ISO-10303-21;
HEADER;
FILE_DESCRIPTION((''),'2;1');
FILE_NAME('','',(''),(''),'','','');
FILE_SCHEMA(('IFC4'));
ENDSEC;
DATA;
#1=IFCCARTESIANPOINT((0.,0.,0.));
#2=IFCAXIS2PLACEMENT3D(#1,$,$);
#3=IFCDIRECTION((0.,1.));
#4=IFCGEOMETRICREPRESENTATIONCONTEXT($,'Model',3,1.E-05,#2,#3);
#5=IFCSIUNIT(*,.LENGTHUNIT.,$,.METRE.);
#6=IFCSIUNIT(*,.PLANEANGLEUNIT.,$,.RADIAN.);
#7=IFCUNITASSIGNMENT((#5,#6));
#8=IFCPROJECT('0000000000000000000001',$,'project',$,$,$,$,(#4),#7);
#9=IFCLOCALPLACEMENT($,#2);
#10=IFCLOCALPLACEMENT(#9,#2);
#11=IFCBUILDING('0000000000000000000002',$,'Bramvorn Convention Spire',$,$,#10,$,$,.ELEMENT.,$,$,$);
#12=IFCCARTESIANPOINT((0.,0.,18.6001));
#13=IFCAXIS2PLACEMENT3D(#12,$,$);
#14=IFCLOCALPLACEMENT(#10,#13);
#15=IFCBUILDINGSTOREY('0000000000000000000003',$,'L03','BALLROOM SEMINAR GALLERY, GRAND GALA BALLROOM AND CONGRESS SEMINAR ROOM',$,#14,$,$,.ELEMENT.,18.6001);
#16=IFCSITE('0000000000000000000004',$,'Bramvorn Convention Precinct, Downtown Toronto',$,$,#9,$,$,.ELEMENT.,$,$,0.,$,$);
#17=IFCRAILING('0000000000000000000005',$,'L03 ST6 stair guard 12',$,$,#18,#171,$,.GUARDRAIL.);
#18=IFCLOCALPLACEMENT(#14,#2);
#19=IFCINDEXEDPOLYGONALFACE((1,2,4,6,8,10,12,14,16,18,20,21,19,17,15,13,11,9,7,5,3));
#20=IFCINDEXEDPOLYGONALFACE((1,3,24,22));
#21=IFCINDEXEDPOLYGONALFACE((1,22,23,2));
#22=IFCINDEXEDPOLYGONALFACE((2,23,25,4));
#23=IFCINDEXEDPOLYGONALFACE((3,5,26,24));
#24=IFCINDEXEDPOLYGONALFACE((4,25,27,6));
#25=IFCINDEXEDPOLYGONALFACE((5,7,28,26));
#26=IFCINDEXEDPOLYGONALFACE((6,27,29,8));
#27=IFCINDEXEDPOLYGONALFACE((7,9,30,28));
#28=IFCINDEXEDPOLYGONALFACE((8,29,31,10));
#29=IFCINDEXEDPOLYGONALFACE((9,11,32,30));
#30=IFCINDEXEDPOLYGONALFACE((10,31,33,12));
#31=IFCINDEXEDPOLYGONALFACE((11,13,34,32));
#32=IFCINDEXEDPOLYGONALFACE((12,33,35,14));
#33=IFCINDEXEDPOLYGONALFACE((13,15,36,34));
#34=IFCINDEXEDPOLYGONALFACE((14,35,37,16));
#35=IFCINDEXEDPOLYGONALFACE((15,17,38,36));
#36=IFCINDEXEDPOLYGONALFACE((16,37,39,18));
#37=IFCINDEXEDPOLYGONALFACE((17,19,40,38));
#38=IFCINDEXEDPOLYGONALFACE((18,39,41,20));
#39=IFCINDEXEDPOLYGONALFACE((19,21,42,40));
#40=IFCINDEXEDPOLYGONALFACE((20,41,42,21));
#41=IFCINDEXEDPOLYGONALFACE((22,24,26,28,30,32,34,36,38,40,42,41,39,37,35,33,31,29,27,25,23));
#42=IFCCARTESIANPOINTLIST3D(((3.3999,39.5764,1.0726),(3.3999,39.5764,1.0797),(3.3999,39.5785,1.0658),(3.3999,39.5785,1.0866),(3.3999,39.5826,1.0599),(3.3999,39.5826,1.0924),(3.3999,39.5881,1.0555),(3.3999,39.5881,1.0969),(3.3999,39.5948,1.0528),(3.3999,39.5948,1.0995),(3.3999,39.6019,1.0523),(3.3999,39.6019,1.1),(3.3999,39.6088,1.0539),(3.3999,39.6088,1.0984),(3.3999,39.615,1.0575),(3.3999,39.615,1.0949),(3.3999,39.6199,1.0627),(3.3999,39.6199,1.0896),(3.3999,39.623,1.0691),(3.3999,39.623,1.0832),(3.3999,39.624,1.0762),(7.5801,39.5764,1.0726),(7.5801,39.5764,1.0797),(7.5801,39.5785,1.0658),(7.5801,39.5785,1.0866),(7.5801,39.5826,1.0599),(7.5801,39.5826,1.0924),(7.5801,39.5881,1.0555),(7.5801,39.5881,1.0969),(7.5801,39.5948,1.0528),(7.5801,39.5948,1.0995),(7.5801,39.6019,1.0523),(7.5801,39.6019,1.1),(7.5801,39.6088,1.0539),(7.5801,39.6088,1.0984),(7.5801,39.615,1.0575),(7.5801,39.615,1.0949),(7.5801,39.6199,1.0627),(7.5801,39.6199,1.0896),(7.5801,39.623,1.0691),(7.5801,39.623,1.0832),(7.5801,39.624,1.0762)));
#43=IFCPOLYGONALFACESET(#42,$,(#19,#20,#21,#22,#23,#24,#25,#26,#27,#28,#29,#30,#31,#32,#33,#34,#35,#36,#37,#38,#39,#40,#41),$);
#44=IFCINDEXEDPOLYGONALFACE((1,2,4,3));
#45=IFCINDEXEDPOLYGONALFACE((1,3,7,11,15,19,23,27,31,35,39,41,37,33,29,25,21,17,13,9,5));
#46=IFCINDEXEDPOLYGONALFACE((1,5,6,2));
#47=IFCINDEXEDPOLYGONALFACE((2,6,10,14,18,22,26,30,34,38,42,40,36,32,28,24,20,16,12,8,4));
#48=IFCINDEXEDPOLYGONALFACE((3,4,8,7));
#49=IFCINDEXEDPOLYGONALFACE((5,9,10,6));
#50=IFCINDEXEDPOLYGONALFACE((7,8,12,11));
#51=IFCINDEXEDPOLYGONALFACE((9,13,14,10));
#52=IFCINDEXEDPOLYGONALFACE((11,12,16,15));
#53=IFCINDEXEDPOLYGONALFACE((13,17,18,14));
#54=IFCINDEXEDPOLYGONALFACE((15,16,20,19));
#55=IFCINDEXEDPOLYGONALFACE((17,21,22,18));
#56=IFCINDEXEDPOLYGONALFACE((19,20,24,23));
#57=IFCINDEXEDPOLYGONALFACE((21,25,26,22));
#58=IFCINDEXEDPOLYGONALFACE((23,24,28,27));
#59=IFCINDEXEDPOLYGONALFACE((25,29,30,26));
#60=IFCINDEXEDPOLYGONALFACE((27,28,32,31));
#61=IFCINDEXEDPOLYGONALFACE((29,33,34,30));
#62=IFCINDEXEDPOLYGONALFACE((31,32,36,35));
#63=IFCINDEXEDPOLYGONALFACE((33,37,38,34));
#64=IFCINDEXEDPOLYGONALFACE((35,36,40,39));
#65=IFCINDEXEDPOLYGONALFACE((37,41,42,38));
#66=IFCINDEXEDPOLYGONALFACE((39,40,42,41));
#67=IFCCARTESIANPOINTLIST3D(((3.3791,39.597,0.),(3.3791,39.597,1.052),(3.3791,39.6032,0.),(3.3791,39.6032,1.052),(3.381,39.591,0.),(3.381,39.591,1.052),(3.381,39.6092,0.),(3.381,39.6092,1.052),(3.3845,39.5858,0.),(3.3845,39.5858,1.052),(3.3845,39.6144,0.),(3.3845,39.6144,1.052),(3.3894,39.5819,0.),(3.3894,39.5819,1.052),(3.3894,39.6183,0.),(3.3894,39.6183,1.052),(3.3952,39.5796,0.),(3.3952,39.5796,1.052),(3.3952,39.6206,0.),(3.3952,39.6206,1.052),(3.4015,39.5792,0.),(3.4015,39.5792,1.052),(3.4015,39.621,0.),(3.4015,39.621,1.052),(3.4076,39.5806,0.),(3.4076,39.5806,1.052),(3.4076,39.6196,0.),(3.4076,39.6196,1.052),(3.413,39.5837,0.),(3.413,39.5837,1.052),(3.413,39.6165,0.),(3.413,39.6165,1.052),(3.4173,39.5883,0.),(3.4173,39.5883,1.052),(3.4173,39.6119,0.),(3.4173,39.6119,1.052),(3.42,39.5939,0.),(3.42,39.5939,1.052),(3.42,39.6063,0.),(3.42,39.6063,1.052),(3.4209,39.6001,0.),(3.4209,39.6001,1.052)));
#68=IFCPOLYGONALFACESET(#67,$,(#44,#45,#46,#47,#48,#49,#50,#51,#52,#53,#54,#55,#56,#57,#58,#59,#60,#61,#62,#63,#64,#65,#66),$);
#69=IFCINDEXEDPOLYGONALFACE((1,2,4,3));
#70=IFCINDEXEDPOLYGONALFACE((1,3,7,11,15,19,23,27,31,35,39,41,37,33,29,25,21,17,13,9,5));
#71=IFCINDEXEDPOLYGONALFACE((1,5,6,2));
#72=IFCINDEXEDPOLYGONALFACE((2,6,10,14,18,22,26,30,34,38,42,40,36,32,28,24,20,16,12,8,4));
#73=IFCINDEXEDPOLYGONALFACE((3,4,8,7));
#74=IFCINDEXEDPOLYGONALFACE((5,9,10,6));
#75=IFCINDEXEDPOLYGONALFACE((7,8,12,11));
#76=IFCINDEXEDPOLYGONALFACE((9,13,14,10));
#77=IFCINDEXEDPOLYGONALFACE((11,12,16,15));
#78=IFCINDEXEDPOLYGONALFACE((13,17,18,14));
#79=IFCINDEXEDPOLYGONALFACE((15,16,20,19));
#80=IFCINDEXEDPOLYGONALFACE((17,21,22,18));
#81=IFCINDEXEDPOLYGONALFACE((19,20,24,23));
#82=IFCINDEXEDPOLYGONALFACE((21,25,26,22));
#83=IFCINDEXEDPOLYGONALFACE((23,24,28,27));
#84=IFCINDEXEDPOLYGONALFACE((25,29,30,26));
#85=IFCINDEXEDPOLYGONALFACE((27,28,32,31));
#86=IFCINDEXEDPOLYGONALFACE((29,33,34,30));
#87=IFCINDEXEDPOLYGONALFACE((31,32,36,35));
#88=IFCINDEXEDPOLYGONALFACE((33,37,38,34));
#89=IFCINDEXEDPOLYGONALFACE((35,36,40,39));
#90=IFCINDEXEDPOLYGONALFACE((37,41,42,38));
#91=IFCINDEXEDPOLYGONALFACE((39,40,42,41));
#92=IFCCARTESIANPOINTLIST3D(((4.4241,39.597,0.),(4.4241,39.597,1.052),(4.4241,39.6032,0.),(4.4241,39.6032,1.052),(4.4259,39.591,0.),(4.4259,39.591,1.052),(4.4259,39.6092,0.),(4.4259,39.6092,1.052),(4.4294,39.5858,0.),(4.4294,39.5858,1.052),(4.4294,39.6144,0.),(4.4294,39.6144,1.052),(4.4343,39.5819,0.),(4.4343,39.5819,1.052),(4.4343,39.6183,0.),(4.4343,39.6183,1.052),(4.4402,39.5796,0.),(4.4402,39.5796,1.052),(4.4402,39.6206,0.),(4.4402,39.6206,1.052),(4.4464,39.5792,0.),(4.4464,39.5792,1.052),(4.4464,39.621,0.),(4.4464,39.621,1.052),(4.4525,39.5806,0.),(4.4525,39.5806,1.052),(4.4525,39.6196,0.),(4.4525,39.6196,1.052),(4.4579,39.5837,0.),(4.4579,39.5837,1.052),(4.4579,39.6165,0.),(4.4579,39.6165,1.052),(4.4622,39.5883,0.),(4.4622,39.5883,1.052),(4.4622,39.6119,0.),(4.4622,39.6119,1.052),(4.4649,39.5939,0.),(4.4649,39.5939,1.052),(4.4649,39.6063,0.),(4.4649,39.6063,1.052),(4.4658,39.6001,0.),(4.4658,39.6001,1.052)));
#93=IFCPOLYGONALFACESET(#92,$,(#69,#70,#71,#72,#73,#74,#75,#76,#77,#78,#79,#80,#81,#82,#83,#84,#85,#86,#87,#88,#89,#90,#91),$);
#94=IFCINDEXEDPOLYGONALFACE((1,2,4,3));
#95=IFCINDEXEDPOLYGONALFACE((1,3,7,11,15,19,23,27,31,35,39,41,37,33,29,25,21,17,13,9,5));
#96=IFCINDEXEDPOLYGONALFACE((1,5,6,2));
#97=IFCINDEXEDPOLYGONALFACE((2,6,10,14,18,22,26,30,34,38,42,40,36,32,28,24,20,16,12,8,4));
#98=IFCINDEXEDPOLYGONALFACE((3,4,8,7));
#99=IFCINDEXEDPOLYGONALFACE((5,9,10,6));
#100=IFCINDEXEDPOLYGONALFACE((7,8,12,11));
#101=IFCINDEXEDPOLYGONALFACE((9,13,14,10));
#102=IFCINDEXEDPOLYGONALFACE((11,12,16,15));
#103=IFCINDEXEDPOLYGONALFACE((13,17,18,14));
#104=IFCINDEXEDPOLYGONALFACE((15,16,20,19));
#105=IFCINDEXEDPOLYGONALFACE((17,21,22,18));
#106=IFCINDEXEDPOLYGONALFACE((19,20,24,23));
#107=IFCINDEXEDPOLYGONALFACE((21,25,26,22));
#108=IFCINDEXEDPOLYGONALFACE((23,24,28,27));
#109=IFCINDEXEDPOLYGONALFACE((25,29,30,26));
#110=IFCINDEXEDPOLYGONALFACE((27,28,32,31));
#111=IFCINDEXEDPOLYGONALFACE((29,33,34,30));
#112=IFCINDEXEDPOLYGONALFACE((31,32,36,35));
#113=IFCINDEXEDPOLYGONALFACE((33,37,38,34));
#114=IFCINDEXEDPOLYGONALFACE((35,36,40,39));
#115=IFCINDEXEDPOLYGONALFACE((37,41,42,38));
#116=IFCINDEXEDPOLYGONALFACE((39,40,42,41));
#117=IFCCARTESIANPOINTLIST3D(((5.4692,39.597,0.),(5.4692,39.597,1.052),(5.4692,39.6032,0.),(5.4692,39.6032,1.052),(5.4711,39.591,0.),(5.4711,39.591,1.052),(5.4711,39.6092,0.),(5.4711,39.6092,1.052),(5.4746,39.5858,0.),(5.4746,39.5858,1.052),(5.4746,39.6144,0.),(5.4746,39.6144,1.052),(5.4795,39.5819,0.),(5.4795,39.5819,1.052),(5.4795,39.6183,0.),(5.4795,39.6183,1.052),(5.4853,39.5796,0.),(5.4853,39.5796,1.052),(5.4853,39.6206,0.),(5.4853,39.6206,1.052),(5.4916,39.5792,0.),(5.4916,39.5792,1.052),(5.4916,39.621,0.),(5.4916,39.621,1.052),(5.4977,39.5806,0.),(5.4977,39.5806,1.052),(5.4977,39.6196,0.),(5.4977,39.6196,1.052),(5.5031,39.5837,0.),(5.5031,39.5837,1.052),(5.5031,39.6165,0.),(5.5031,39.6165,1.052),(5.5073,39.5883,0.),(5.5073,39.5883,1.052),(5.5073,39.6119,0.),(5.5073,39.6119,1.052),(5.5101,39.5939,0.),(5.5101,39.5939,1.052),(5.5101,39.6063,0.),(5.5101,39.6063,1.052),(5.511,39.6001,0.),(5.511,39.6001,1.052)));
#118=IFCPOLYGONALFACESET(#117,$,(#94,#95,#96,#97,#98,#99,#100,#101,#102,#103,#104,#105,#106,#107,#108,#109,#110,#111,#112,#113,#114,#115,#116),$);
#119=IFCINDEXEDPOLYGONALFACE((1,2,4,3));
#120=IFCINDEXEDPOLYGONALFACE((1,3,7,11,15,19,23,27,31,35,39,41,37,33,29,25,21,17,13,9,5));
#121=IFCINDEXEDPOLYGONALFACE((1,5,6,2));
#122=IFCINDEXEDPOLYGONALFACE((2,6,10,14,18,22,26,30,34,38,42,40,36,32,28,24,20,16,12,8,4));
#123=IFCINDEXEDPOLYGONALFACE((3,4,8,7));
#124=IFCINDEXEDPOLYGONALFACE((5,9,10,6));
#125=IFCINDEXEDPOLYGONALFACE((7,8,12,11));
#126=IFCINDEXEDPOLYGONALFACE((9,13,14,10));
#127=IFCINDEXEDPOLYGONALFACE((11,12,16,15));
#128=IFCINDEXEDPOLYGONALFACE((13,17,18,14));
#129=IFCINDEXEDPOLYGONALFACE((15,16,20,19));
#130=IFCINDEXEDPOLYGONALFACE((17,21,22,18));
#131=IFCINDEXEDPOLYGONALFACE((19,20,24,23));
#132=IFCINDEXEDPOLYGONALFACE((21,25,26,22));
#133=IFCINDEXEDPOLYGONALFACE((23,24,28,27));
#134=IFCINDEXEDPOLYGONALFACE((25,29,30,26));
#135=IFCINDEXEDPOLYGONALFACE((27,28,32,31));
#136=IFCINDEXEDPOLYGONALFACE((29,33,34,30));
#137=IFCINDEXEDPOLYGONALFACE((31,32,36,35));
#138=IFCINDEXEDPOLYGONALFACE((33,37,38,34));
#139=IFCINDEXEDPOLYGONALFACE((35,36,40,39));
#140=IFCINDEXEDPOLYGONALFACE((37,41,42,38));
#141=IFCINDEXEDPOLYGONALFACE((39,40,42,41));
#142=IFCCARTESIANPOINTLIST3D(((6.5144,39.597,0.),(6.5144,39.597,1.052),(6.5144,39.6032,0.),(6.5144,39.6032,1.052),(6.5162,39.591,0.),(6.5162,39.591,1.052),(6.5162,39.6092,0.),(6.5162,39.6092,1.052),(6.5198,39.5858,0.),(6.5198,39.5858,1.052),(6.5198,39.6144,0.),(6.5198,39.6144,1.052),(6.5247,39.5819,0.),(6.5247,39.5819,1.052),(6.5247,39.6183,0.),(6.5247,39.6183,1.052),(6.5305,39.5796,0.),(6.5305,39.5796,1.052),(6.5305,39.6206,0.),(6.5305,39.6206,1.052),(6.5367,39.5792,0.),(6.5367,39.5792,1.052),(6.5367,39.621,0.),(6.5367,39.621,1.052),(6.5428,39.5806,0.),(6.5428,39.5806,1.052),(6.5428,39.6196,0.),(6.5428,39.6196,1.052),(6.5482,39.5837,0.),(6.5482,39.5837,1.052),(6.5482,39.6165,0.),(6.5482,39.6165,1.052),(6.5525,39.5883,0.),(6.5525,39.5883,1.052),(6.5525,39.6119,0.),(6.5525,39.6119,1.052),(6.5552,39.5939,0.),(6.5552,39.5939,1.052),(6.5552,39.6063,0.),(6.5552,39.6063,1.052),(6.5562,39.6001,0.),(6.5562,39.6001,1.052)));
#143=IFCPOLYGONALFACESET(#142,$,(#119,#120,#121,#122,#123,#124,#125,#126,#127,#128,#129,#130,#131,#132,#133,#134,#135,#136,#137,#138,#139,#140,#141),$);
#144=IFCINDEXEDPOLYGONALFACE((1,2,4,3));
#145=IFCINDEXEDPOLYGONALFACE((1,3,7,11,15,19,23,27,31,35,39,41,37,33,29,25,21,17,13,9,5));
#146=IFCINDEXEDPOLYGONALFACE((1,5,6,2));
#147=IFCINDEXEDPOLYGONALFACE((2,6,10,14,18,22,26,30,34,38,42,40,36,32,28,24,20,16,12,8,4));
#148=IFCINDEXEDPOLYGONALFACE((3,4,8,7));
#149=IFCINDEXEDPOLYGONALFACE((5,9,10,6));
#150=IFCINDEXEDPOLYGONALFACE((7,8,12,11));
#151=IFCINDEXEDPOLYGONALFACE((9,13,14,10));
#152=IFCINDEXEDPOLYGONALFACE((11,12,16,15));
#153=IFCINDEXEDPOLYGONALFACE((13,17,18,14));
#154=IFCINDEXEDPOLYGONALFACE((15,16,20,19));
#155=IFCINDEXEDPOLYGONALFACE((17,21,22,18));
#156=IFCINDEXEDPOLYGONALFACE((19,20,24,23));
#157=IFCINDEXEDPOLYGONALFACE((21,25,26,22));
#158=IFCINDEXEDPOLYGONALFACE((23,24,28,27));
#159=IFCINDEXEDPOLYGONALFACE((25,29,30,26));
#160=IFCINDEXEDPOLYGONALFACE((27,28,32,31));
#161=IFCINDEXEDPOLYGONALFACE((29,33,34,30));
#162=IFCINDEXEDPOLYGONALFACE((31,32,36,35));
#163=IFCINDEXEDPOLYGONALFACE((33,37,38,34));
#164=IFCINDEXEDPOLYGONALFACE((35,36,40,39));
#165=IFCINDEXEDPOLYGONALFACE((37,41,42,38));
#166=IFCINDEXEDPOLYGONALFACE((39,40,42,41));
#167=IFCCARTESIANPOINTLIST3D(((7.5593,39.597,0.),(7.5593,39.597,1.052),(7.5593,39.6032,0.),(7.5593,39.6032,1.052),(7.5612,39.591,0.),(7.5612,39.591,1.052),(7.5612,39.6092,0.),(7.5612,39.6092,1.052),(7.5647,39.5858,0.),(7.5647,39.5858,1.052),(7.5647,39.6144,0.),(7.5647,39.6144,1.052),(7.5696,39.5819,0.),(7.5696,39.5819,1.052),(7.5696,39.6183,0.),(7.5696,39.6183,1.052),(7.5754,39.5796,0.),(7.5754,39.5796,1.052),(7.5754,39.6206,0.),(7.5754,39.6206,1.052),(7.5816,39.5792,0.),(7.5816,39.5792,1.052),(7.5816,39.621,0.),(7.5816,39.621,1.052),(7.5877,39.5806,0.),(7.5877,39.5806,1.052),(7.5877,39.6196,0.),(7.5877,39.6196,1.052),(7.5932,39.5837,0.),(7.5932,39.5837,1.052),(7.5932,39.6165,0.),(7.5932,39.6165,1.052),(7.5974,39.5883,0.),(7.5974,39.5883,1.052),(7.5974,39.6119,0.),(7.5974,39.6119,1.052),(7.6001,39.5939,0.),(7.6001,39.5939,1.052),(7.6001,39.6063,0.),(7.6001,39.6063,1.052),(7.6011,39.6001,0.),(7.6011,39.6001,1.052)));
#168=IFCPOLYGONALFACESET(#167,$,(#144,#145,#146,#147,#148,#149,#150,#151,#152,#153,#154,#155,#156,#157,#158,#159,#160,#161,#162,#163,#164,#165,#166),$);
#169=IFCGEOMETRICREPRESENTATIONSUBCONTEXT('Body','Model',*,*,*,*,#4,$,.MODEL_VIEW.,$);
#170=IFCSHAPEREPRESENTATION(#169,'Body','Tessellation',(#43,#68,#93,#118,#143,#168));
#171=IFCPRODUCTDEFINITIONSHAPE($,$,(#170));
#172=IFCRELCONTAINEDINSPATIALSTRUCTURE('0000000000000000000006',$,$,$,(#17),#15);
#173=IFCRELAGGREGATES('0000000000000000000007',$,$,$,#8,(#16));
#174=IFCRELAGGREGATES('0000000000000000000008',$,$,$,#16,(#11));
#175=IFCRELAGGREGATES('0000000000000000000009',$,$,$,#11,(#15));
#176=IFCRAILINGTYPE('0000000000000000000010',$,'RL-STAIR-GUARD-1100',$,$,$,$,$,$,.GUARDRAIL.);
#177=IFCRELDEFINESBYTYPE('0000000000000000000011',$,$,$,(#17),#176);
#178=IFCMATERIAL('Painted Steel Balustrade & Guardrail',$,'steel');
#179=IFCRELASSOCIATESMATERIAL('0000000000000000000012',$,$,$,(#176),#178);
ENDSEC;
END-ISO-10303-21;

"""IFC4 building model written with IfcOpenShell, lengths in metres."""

from ifc_helpers import new_model, si_unit, direction, frame, origin, origin_2d, place, context, subcontext, project, spatial, circle, extrude, material, type_object, element, save


model = new_model("IFC4")

# Units and contexts
model_context = context("Model", 3, precision=1e-05, world=origin(), true_north=direction((0.0, 1.0)))
body_context = subcontext(model_context, "Body", "Model", "MODEL_VIEW")
ifc_project = project(units=[si_unit("LENGTHUNIT", "METRE"), si_unit("PLANEANGLEUNIT", "RADIAN")], contexts=[model_context])

# Site, building, storey
site_placement = place(None, origin())
site = spatial("IfcSite", under=ifc_project, at=site_placement, Name="Bramvorn Convention Precinct, Downtown Toronto", CompositionType="ELEMENT", RefElevation=0.0)
building_placement = place(site_placement, origin())
building = spatial("IfcBuilding", under=site, at=building_placement, Name="Bramvorn Convention Spire", CompositionType="ELEMENT")
storey_placement = place(building_placement, frame((0.0, 0.0, 18.6001)))
storey = spatial("IfcBuildingStorey", under=building, at=storey_placement, Name="L03", Description="BALLROOM SEMINAR GALLERY, GRAND GALA BALLROOM AND CONGRESS SEMINAR ROOM", CompositionType="ELEMENT", Elevation=18.6001)

# Railing
ifc_material_1 = material(Name="Painted Steel Balustrade & Guardrail", Category="steel")
railing_type = type_object("IfcRailingType", Name="RL-STAIR-GUARD-1100", PredefinedType="GUARDRAIL", material=ifc_material_1)
railing_1_placement = place(storey_placement, frame((3.3999, 39.6001, 0.0)))
element("IfcRailing", 1, at=railing_1_placement, inside=storey, type_object=railing_type, Name="L03 ST6 stair guard 12", PredefinedType="GUARDRAIL", context=body_context, shape_type="SweptSolid", body=[
    extrude(circle(Radius=0.0239, at=origin_2d()), frame((0.0, 0.0, 1.0762), z_axis=(1.0, 0.0, 0.0), x_axis=(0.0, 1.0, 0.0)), (0.0, 0.0, 1.0), 4.1802),
    extrude(circle(Radius=0.021, at=origin_2d()), origin(), (0.0, 0.0, 1.0), 1.052),
    extrude(circle(Radius=0.021, at=origin_2d()), frame((1.0449, 0.0, 0.0)), (0.0, 0.0, 1.0), 1.052),
    extrude(circle(Radius=0.021, at=origin_2d()), frame((2.0901, 0.0, 0.0)), (0.0, 0.0, 1.0), 1.052),
    extrude(circle(Radius=0.021, at=origin_2d()), frame((3.1353, 0.0, 0.0)), (0.0, 0.0, 1.0), 1.052),
    extrude(circle(Radius=0.021, at=origin_2d()), frame((4.1802, 0.0, 0.0)), (0.0, 0.0, 1.0), 1.052),
])

save(model, "model.ifc")
